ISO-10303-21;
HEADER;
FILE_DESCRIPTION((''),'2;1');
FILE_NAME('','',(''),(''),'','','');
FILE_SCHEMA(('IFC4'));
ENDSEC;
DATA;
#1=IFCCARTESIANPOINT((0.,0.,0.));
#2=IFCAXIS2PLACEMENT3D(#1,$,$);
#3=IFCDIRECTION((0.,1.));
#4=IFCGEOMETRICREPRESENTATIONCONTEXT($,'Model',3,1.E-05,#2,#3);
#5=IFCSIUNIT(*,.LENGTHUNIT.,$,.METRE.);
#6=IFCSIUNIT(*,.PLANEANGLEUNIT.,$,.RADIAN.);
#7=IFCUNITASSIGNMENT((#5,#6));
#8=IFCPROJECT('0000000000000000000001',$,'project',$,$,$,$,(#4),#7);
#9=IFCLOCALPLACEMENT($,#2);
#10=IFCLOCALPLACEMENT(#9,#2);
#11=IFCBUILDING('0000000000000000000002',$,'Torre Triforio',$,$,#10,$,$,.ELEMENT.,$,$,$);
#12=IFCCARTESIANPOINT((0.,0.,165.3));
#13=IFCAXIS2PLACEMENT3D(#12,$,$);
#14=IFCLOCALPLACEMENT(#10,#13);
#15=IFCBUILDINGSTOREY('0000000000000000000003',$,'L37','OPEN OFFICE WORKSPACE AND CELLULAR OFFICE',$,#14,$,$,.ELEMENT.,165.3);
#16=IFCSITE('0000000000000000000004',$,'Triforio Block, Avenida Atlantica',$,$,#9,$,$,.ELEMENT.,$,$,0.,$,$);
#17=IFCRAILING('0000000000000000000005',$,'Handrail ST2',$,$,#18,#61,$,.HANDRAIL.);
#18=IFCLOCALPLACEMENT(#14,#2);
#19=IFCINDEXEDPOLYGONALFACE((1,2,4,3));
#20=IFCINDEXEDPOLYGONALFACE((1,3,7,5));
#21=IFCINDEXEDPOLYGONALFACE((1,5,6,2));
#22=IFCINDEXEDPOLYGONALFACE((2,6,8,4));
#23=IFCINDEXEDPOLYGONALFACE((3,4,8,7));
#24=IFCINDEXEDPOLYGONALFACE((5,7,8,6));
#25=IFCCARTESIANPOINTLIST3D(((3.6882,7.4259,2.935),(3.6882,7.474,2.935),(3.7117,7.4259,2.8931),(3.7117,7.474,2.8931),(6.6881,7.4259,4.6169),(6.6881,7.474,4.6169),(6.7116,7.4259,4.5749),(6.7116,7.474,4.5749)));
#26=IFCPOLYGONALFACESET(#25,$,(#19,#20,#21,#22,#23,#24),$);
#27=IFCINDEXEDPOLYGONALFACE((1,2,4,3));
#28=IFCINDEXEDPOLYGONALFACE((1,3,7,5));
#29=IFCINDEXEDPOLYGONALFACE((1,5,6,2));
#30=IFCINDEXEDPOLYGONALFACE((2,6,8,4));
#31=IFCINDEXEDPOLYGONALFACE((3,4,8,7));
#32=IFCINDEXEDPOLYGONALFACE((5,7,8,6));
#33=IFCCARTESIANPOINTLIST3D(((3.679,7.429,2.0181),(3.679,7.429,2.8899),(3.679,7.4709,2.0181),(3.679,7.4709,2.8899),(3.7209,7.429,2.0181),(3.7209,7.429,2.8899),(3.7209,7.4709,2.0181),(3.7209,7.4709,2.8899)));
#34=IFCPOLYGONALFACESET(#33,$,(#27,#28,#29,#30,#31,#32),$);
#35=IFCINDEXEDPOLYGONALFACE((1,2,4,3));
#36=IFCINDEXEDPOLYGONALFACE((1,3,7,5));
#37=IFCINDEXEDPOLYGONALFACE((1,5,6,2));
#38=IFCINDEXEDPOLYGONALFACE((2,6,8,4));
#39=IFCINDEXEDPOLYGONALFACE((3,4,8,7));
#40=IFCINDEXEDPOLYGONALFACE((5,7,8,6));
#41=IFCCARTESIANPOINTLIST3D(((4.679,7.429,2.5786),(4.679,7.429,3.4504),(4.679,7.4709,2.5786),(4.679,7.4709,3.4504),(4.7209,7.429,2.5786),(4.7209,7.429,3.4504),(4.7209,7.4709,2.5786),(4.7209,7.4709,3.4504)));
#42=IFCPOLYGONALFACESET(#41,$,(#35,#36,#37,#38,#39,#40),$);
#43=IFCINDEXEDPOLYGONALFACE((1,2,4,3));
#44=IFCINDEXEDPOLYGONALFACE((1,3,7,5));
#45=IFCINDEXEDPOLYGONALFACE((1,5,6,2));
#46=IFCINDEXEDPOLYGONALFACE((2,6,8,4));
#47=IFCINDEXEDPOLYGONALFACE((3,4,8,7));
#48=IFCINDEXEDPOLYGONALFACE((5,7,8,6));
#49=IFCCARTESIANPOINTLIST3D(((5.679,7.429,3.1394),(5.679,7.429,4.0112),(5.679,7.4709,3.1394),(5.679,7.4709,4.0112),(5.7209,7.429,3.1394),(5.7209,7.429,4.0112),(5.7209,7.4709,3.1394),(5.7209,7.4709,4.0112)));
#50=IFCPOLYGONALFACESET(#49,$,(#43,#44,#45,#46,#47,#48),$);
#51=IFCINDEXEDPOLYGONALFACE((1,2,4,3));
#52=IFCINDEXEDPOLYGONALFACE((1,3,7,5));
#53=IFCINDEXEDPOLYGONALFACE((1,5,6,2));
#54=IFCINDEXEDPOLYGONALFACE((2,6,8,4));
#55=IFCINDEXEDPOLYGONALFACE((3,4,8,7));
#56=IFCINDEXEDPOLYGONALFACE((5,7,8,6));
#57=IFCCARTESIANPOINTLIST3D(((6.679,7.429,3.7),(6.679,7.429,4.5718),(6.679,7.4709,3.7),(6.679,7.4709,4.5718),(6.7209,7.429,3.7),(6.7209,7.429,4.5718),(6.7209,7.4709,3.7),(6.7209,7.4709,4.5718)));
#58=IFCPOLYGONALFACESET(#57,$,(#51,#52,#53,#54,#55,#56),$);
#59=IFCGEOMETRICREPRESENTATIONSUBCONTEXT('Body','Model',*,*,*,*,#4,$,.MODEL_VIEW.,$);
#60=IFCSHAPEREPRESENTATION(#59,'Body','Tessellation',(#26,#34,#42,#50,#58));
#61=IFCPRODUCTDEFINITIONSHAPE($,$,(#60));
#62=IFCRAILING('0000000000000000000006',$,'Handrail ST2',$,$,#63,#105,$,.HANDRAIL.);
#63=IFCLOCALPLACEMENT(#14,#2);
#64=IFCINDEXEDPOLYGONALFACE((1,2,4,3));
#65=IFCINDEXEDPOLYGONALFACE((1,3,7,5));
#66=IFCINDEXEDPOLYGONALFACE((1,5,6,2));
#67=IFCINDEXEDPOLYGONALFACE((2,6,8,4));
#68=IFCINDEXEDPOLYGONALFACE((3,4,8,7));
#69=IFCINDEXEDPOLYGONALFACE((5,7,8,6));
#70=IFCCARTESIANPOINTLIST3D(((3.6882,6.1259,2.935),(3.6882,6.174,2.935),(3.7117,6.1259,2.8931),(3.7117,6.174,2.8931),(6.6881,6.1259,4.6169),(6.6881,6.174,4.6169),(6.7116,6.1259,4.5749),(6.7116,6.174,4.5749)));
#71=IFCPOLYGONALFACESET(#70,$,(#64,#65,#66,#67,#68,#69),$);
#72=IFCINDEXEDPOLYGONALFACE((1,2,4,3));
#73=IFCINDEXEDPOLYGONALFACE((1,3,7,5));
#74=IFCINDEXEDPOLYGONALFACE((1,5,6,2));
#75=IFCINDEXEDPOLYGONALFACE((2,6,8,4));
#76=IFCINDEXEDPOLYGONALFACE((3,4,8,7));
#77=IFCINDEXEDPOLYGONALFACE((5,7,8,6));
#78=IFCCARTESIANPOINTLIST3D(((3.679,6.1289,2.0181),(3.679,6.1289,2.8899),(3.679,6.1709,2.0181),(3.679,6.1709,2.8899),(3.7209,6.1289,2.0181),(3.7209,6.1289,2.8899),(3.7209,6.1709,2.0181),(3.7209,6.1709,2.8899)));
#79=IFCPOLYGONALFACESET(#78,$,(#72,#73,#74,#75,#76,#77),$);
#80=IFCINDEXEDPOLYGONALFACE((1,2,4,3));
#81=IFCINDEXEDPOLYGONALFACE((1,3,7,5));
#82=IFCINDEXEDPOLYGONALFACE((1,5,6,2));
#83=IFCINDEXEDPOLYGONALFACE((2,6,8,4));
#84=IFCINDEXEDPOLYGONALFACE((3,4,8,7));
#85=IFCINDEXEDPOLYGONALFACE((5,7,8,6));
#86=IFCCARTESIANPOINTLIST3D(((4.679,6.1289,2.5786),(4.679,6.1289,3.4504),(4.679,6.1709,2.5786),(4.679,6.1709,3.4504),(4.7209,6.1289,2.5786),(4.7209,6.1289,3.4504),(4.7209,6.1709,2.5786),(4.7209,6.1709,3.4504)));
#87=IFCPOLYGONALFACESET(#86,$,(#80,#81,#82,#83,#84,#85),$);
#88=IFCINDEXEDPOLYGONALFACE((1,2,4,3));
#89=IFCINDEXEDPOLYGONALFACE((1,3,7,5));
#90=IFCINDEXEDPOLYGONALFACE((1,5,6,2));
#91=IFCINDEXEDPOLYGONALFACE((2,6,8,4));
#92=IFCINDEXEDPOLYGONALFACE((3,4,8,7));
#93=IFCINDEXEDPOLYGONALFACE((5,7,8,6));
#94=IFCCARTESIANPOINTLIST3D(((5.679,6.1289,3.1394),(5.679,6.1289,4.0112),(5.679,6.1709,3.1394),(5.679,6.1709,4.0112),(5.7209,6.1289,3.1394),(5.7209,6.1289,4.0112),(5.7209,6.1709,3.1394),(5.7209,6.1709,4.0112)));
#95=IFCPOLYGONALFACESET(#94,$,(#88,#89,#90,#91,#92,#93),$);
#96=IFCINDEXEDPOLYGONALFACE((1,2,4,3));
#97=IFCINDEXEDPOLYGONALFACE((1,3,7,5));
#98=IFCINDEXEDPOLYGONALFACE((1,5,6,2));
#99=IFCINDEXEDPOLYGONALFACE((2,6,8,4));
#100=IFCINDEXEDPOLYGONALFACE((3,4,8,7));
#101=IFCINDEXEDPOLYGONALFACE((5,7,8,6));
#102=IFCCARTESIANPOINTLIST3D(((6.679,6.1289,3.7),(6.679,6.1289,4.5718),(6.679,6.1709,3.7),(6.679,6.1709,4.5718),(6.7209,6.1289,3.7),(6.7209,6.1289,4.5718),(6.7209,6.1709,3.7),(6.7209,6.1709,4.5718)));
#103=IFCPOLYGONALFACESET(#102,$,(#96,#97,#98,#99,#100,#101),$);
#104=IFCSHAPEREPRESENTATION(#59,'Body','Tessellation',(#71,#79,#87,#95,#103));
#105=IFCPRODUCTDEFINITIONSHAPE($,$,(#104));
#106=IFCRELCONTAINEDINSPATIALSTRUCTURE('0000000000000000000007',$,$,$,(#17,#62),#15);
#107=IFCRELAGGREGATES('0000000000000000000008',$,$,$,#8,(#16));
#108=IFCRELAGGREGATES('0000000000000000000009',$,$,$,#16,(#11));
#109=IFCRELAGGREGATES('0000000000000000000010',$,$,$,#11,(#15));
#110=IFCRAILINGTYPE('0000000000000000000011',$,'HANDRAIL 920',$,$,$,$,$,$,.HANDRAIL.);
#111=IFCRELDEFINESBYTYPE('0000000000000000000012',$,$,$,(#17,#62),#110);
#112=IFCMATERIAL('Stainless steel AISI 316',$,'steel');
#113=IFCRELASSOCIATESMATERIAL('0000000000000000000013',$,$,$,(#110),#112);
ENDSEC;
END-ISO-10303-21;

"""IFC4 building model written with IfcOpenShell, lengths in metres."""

from ifc_helpers import new_model, si_unit, direction, frame, origin, origin_2d, place, context, subcontext, project, spatial, rectangle, extrude, material, type_object, element, save


model = new_model("IFC4")

# Units and contexts
model_context = context("Model", 3, precision=1e-05, world=origin(), true_north=direction((0.0, 1.0)))
body_context = subcontext(model_context, "Body", "Model", "MODEL_VIEW")
ifc_project = project(units=[si_unit("LENGTHUNIT", "METRE"), si_unit("PLANEANGLEUNIT", "RADIAN")], contexts=[model_context])

# Site, building, storey
site_placement = place(None, origin())
site = spatial("IfcSite", under=ifc_project, at=site_placement, Name="Triforio Block, Avenida Atlantica", CompositionType="ELEMENT", RefElevation=0.0)
building_placement = place(site_placement, origin())
building = spatial("IfcBuilding", under=site, at=building_placement, Name="Torre Triforio", CompositionType="ELEMENT")
storey_placement = place(building_placement, frame((0.0, 0.0, 165.3)))
storey = spatial("IfcBuildingStorey", under=building, at=storey_placement, Name="L37", Description="OPEN OFFICE WORKSPACE AND CELLULAR OFFICE", CompositionType="ELEMENT", Elevation=165.3)

# Railings
ifc_material_1 = material(Name="Stainless steel AISI 316", Category="steel")
railing_type = type_object("IfcRailingType", Name="HANDRAIL 920", PredefinedType="HANDRAIL", material=ifc_material_1)
for number, where, name in (
    (1, (3.7, 7.45, 2.0181), "Handrail ST2"),
    (2, (3.7, 6.1499, 2.0181), "Handrail ST2"),
):
    element("IfcRailing", number, at=place(storey_placement, frame(where)), inside=storey, type_object=railing_type, Name=name, PredefinedType="HANDRAIL", context=body_context, shape_type="SweptSolid", body=[
        extrude(rectangle(XDim=0.0481, YDim=0.0481, at=origin_2d()), frame((0.0, 0.0, 0.896), z_axis=(0.872272, 0.0, 0.48902), x_axis=(0.0, 1.0, 0.0)), (0.0, 0.0, 1.0), 3.4392),
        extrude(rectangle(XDim=0.042, YDim=0.042, at=origin_2d()), origin(), (0.0, 0.0, 1.0), 0.8718),
        extrude(rectangle(XDim=0.042, YDim=0.042, at=origin_2d()), frame((1.0, 0.0, 0.5605)), (0.0, 0.0, 1.0), 0.8718),
        extrude(rectangle(XDim=0.042, YDim=0.042, at=origin_2d()), frame((2.0, 0.0, 1.1213)), (0.0, 0.0, 1.0), 0.8718),
        extrude(rectangle(XDim=0.042, YDim=0.042, at=origin_2d()), frame((3.0, 0.0, 1.6819)), (0.0, 0.0, 1.0), 0.8718),
    ])

save(model, "model.ifc")
